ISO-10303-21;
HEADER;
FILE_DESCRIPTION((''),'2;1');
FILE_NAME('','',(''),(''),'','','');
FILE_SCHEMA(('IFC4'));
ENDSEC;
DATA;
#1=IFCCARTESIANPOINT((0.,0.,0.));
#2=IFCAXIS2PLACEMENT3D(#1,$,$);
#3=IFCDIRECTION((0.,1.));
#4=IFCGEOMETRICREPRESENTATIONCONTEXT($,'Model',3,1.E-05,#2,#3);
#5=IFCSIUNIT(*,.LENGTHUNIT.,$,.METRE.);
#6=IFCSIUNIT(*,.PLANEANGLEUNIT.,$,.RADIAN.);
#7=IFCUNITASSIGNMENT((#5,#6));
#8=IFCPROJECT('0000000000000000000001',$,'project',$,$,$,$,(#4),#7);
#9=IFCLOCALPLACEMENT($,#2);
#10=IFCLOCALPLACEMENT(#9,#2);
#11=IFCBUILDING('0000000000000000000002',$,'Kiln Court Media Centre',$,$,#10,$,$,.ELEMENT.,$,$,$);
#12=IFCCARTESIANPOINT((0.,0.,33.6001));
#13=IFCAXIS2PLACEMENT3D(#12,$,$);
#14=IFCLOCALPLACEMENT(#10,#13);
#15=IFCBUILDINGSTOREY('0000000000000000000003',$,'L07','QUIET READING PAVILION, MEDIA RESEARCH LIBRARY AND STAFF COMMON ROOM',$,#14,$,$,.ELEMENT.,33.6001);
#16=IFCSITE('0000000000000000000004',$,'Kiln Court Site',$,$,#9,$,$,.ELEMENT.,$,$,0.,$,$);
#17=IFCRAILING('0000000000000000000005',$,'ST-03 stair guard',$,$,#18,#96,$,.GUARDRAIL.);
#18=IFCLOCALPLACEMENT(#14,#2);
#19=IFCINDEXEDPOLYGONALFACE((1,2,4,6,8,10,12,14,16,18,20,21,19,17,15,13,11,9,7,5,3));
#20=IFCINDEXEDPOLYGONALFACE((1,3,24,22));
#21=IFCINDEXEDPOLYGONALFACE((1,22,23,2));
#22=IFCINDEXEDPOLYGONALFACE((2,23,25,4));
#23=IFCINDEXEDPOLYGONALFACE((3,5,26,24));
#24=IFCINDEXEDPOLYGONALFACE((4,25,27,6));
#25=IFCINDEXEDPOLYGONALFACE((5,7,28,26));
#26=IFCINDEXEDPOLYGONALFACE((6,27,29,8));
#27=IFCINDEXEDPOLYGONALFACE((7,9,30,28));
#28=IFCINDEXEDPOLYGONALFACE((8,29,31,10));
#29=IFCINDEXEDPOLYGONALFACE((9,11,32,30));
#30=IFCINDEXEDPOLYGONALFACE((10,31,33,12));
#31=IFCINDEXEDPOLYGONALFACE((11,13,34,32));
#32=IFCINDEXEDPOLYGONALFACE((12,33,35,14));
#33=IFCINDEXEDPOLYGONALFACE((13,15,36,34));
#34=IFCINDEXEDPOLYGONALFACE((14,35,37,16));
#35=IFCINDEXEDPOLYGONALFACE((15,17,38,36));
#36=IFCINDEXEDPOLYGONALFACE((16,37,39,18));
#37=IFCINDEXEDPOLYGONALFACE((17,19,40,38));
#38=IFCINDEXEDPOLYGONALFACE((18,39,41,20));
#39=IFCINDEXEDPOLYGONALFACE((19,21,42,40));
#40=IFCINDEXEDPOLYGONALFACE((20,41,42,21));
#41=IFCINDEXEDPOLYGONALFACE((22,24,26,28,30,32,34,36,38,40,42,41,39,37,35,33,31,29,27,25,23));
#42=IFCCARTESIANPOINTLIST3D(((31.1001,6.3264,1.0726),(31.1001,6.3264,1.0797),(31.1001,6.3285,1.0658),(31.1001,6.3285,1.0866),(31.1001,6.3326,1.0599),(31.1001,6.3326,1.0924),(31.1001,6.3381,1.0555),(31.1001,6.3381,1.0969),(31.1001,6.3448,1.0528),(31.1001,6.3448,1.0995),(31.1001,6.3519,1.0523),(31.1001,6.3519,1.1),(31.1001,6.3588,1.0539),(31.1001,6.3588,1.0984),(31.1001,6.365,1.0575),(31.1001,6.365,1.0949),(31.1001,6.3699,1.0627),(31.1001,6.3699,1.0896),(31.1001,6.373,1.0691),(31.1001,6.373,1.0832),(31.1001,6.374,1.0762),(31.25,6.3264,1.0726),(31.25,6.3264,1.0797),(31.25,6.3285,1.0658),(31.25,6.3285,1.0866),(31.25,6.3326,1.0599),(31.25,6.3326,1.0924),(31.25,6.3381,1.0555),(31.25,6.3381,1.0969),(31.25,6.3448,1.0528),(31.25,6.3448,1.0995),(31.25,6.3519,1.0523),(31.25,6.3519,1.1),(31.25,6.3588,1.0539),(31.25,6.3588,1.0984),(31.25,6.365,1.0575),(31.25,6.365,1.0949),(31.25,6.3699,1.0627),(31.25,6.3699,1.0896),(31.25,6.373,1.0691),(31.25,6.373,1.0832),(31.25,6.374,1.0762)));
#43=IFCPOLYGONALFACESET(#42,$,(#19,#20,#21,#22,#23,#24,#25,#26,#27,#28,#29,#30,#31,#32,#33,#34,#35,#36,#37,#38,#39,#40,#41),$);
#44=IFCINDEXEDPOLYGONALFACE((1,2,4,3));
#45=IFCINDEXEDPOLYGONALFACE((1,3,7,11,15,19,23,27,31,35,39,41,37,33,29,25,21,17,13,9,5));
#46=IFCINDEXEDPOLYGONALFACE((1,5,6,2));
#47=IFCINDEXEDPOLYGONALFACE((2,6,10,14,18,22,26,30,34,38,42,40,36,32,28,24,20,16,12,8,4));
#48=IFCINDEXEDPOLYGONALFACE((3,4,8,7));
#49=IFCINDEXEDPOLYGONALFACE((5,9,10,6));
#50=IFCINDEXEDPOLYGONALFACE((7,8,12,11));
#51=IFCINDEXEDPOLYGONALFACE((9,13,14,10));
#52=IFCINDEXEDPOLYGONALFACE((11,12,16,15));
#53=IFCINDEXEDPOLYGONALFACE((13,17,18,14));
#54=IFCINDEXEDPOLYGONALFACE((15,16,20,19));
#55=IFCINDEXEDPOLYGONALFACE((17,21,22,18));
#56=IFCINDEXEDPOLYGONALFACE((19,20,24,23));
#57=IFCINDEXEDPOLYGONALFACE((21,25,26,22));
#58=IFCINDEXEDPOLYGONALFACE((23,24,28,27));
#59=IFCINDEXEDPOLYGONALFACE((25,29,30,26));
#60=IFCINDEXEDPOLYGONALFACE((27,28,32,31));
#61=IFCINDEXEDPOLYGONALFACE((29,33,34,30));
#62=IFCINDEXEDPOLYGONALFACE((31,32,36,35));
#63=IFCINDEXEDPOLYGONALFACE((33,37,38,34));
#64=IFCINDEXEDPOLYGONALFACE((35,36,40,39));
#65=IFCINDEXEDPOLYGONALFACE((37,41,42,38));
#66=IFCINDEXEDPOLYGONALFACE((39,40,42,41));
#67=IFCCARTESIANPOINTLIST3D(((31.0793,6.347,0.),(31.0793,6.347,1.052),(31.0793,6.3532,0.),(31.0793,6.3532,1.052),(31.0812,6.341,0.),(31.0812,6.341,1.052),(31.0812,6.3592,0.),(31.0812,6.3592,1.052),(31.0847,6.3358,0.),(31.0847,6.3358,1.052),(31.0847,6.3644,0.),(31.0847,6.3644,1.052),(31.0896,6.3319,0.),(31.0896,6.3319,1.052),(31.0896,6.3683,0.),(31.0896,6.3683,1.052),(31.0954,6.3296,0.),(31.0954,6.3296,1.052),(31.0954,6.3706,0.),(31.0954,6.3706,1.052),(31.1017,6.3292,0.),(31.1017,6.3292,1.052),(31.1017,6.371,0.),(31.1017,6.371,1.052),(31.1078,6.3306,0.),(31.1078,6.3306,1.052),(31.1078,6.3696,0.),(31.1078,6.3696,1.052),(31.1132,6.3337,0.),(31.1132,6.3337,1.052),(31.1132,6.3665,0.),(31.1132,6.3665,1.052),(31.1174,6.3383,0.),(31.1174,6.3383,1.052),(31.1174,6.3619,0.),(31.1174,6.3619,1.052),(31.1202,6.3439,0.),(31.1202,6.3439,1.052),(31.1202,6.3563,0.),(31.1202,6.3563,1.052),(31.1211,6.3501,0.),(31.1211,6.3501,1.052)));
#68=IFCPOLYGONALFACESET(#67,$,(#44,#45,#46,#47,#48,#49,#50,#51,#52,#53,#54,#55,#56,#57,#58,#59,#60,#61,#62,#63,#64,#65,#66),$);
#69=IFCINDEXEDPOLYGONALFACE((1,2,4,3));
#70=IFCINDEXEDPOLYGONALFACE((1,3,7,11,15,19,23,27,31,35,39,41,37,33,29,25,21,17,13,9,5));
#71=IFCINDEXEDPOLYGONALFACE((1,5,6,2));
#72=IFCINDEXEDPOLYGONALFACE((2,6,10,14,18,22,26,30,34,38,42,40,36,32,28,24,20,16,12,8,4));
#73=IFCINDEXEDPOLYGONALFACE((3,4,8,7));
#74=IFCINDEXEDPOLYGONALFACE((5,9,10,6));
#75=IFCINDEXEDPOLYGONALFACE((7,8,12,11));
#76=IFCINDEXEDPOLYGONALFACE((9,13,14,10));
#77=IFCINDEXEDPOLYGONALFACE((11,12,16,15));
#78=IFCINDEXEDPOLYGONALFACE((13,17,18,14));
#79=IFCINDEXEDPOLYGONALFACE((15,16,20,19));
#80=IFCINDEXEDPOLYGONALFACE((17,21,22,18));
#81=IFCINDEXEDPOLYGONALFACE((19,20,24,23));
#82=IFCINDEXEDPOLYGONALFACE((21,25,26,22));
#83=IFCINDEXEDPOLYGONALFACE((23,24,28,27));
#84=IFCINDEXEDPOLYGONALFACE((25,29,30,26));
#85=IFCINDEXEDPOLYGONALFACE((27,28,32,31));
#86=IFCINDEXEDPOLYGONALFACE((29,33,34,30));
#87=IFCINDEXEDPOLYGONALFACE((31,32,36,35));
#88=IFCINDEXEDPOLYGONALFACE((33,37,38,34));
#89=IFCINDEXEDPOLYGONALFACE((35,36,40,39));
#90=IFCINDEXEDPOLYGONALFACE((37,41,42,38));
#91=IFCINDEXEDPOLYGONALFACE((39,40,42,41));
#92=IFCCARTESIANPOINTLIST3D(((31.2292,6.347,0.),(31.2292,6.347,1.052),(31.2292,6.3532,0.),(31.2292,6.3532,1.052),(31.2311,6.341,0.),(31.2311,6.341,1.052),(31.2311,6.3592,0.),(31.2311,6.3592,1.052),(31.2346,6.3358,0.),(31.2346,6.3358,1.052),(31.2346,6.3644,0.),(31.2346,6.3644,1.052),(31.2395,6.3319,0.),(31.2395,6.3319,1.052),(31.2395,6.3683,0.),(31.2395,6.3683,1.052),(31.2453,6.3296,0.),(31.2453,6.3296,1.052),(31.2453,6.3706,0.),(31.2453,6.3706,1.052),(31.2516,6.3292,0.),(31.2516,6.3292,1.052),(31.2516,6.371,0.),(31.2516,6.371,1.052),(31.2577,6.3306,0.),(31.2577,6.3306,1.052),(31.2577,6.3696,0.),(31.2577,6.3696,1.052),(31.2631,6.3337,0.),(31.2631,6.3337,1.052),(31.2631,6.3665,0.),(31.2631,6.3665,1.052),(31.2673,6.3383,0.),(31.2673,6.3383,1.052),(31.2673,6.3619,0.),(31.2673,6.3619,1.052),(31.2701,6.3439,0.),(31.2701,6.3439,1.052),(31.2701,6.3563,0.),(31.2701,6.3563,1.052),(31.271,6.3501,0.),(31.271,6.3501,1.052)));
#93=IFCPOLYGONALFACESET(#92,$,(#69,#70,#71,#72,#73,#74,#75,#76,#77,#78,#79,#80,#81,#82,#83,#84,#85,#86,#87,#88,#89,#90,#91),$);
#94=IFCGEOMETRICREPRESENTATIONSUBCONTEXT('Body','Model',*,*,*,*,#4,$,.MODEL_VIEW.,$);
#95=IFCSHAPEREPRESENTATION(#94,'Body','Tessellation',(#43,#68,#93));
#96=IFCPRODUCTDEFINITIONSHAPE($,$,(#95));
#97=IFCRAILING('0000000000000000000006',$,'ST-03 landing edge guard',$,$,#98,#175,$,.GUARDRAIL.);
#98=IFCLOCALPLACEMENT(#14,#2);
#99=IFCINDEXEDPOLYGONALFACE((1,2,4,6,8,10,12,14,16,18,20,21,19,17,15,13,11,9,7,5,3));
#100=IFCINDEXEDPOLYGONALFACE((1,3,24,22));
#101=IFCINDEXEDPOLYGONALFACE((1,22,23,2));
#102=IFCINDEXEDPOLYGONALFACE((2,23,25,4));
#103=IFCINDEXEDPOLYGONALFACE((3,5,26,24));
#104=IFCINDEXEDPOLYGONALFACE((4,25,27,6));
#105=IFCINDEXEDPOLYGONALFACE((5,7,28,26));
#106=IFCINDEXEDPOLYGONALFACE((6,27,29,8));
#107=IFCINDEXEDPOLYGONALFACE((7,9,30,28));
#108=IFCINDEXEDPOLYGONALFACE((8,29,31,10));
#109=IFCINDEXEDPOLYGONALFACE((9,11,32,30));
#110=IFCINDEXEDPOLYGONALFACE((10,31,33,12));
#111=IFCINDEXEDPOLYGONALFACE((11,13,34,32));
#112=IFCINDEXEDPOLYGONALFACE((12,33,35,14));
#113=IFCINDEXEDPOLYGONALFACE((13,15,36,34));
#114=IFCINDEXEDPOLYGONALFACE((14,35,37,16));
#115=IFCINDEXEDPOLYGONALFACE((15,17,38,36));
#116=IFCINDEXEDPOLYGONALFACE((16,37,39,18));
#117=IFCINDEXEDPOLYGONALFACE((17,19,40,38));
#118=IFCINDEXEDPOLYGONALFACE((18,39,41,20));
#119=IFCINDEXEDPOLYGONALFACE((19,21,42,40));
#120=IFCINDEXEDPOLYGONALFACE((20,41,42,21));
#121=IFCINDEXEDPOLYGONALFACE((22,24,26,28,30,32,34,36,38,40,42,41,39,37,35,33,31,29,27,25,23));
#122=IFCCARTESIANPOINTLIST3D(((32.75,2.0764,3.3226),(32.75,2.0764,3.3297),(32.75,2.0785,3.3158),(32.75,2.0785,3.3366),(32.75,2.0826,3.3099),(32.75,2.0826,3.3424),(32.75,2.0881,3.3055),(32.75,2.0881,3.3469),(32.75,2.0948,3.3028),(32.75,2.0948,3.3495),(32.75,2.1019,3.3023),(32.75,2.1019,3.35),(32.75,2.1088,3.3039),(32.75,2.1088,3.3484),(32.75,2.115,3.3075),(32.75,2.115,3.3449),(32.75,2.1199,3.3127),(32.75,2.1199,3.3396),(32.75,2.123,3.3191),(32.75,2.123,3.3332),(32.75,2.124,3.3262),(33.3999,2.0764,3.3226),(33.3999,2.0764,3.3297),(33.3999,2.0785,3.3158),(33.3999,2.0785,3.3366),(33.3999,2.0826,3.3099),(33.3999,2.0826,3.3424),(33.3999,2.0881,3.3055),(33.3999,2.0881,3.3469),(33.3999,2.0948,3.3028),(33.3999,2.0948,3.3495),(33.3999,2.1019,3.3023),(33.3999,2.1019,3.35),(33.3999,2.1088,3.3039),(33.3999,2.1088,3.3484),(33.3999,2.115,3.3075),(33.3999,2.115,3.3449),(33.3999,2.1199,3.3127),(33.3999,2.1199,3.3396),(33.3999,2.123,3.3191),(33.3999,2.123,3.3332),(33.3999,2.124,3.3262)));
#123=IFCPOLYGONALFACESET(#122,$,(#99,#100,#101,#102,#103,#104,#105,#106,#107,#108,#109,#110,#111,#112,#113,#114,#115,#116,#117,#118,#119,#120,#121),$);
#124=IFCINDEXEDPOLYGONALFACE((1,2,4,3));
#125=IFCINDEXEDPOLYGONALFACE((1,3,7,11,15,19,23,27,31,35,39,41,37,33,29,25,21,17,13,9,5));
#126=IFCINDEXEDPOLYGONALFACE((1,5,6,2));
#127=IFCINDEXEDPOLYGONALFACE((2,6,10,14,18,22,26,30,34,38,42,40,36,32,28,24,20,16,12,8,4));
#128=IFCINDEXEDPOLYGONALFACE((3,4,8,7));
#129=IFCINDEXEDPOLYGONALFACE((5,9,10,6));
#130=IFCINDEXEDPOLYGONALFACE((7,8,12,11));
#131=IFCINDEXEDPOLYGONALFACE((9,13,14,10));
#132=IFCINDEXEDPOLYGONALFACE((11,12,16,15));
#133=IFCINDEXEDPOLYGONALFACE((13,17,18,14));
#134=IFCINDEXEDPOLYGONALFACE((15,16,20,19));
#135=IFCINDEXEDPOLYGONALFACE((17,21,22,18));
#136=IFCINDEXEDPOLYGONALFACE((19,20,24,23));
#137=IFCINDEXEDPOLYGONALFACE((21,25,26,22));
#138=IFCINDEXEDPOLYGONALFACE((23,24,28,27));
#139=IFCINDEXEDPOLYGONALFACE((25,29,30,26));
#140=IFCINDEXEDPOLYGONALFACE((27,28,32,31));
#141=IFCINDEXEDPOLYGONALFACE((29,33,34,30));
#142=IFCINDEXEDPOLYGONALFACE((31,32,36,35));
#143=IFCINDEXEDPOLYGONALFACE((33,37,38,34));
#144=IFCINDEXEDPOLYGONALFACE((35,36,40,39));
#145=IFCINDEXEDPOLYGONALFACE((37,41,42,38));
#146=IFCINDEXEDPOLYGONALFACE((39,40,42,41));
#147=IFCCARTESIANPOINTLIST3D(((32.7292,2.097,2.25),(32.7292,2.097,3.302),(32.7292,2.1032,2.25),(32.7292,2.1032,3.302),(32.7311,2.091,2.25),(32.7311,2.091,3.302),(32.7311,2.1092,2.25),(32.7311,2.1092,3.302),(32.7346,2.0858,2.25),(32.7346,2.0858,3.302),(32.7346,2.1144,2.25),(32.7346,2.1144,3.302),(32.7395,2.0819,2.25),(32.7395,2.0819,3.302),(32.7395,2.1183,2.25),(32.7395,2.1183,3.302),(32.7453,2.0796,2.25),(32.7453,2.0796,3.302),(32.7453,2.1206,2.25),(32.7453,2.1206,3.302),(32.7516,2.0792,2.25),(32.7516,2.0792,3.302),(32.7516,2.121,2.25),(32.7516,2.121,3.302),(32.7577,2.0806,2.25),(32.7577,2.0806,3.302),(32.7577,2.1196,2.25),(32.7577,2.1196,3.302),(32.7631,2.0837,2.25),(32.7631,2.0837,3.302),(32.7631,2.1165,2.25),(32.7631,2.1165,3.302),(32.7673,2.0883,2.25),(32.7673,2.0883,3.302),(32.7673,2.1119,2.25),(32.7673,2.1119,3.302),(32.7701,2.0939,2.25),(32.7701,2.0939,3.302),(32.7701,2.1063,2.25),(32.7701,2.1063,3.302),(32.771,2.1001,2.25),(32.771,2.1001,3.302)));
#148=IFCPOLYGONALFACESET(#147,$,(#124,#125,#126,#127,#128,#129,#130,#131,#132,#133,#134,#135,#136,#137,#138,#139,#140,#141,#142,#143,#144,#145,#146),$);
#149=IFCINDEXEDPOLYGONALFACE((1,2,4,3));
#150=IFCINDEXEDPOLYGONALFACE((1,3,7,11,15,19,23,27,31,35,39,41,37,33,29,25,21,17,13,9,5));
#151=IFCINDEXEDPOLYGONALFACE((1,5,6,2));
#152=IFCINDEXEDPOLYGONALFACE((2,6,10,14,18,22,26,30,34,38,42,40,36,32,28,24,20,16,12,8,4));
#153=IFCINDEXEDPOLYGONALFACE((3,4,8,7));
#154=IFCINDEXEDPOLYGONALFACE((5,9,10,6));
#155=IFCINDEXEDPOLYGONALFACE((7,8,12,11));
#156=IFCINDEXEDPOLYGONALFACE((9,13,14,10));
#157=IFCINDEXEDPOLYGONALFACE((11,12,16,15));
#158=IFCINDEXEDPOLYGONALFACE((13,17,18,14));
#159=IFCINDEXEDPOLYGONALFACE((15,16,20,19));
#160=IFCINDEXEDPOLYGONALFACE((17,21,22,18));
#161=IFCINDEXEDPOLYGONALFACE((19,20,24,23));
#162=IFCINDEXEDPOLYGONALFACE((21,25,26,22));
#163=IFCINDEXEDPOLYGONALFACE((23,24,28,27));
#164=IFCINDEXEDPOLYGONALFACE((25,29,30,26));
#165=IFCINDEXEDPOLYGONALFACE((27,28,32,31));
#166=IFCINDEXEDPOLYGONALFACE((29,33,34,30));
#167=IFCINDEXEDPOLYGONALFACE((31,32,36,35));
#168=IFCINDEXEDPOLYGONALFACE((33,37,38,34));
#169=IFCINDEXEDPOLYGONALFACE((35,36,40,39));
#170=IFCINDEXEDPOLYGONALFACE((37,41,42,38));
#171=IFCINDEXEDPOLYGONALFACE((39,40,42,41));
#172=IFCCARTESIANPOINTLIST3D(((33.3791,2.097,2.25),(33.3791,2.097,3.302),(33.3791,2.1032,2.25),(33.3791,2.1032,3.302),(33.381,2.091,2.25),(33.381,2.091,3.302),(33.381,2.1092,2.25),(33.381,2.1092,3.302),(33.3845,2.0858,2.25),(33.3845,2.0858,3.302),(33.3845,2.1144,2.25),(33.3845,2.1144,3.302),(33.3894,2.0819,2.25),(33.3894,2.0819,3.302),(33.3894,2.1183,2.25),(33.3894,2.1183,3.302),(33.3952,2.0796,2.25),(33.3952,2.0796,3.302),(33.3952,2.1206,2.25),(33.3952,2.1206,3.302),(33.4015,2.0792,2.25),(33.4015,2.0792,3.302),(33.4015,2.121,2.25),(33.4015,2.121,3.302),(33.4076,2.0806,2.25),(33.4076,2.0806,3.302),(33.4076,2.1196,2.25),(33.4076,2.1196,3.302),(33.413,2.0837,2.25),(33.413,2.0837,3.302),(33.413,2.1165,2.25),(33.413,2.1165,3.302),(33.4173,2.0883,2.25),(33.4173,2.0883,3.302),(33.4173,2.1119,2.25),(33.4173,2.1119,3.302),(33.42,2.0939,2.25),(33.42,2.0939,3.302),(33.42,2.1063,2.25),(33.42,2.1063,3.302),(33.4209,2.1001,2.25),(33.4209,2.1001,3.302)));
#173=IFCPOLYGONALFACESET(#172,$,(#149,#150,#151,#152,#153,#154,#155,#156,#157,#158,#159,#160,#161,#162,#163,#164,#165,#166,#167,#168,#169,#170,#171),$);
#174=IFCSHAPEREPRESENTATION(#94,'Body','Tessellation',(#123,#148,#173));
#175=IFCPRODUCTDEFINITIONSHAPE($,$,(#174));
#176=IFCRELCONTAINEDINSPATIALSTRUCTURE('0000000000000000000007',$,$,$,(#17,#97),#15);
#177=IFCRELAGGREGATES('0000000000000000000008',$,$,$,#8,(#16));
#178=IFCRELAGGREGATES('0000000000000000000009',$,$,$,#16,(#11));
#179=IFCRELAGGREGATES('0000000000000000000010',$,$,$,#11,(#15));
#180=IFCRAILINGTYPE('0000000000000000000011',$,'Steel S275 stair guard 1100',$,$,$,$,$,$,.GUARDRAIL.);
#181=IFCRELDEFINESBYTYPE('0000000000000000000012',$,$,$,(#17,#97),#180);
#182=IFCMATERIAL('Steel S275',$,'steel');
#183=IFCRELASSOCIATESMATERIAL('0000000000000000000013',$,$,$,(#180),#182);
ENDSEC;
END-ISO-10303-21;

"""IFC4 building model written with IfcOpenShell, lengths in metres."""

from ifc_helpers import new_model, si_unit, direction, frame, origin, origin_2d, place, context, subcontext, project, spatial, circle, extrude, material, type_object, element, save


model = new_model("IFC4")

# Units and contexts
model_context = context("Model", 3, precision=1e-05, world=origin(), true_north=direction((0.0, 1.0)))
body_context = subcontext(model_context, "Body", "Model", "MODEL_VIEW")
ifc_project = project(units=[si_unit("LENGTHUNIT", "METRE"), si_unit("PLANEANGLEUNIT", "RADIAN")], contexts=[model_context])

# Site, building, storey
site_placement = place(None, origin())
site = spatial("IfcSite", under=ifc_project, at=site_placement, Name="Kiln Court Site", CompositionType="ELEMENT", RefElevation=0.0)
building_placement = place(site_placement, origin())
building = spatial("IfcBuilding", under=site, at=building_placement, Name="Kiln Court Media Centre", CompositionType="ELEMENT")
storey_placement = place(building_placement, frame((0.0, 0.0, 33.6001)))
storey = spatial("IfcBuildingStorey", under=building, at=storey_placement, Name="L07", Description="QUIET READING PAVILION, MEDIA RESEARCH LIBRARY AND STAFF COMMON ROOM", CompositionType="ELEMENT", Elevation=33.6001)

# Railings
ifc_material_1 = material(Name="Steel S275", Category="steel")
railing_type_1 = type_object("IfcRailingType", Name="Steel S275 stair guard 1100", PredefinedType="GUARDRAIL", material=ifc_material_1)
railing_1_placement = place(storey_placement, frame((31.1001, 6.3501, 0.0)))
element("IfcRailing", 1, at=railing_1_placement, inside=storey, type_object=railing_type_1, Name="ST-03 stair guard", PredefinedType="GUARDRAIL", context=body_context, shape_type="SweptSolid", body=[
    extrude(circle(Radius=0.0239, at=origin_2d()), frame((0.0, 0.0, 1.0762), z_axis=(1.0, 0.0, 0.0), x_axis=(0.0, 1.0, 0.0)), (0.0, 0.0, 1.0), 0.1499),
    extrude(circle(Radius=0.021, at=origin_2d()), origin(), (0.0, 0.0, 1.0), 1.052),
    extrude(circle(Radius=0.021, at=origin_2d()), frame((0.1499, 0.0, 0.0)), (0.0, 0.0, 1.0), 1.052),
])
for number, where, name in (
    (2, (32.75, 2.1001, 2.25), "ST-03 landing edge guard"),
):
    element("IfcRailing", number, at=place(storey_placement, frame(where)), inside=storey, type_object=railing_type_1, Name=name, PredefinedType="GUARDRAIL", context=body_context, shape_type="SweptSolid", body=[
        extrude(circle(Radius=0.0239, at=origin_2d()), frame((0.0, 0.0, 1.0762), z_axis=(1.0, 0.0, 0.0), x_axis=(0.0, 1.0, 0.0)), (0.0, 0.0, 1.0), 0.6499),
        extrude(circle(Radius=0.021, at=origin_2d()), origin(), (0.0, 0.0, 1.0), 1.052),
        extrude(circle(Radius=0.021, at=origin_2d()), frame((0.6499, 0.0, 0.0)), (0.0, 0.0, 1.0), 1.052),
    ])

save(model, "model.ifc")
